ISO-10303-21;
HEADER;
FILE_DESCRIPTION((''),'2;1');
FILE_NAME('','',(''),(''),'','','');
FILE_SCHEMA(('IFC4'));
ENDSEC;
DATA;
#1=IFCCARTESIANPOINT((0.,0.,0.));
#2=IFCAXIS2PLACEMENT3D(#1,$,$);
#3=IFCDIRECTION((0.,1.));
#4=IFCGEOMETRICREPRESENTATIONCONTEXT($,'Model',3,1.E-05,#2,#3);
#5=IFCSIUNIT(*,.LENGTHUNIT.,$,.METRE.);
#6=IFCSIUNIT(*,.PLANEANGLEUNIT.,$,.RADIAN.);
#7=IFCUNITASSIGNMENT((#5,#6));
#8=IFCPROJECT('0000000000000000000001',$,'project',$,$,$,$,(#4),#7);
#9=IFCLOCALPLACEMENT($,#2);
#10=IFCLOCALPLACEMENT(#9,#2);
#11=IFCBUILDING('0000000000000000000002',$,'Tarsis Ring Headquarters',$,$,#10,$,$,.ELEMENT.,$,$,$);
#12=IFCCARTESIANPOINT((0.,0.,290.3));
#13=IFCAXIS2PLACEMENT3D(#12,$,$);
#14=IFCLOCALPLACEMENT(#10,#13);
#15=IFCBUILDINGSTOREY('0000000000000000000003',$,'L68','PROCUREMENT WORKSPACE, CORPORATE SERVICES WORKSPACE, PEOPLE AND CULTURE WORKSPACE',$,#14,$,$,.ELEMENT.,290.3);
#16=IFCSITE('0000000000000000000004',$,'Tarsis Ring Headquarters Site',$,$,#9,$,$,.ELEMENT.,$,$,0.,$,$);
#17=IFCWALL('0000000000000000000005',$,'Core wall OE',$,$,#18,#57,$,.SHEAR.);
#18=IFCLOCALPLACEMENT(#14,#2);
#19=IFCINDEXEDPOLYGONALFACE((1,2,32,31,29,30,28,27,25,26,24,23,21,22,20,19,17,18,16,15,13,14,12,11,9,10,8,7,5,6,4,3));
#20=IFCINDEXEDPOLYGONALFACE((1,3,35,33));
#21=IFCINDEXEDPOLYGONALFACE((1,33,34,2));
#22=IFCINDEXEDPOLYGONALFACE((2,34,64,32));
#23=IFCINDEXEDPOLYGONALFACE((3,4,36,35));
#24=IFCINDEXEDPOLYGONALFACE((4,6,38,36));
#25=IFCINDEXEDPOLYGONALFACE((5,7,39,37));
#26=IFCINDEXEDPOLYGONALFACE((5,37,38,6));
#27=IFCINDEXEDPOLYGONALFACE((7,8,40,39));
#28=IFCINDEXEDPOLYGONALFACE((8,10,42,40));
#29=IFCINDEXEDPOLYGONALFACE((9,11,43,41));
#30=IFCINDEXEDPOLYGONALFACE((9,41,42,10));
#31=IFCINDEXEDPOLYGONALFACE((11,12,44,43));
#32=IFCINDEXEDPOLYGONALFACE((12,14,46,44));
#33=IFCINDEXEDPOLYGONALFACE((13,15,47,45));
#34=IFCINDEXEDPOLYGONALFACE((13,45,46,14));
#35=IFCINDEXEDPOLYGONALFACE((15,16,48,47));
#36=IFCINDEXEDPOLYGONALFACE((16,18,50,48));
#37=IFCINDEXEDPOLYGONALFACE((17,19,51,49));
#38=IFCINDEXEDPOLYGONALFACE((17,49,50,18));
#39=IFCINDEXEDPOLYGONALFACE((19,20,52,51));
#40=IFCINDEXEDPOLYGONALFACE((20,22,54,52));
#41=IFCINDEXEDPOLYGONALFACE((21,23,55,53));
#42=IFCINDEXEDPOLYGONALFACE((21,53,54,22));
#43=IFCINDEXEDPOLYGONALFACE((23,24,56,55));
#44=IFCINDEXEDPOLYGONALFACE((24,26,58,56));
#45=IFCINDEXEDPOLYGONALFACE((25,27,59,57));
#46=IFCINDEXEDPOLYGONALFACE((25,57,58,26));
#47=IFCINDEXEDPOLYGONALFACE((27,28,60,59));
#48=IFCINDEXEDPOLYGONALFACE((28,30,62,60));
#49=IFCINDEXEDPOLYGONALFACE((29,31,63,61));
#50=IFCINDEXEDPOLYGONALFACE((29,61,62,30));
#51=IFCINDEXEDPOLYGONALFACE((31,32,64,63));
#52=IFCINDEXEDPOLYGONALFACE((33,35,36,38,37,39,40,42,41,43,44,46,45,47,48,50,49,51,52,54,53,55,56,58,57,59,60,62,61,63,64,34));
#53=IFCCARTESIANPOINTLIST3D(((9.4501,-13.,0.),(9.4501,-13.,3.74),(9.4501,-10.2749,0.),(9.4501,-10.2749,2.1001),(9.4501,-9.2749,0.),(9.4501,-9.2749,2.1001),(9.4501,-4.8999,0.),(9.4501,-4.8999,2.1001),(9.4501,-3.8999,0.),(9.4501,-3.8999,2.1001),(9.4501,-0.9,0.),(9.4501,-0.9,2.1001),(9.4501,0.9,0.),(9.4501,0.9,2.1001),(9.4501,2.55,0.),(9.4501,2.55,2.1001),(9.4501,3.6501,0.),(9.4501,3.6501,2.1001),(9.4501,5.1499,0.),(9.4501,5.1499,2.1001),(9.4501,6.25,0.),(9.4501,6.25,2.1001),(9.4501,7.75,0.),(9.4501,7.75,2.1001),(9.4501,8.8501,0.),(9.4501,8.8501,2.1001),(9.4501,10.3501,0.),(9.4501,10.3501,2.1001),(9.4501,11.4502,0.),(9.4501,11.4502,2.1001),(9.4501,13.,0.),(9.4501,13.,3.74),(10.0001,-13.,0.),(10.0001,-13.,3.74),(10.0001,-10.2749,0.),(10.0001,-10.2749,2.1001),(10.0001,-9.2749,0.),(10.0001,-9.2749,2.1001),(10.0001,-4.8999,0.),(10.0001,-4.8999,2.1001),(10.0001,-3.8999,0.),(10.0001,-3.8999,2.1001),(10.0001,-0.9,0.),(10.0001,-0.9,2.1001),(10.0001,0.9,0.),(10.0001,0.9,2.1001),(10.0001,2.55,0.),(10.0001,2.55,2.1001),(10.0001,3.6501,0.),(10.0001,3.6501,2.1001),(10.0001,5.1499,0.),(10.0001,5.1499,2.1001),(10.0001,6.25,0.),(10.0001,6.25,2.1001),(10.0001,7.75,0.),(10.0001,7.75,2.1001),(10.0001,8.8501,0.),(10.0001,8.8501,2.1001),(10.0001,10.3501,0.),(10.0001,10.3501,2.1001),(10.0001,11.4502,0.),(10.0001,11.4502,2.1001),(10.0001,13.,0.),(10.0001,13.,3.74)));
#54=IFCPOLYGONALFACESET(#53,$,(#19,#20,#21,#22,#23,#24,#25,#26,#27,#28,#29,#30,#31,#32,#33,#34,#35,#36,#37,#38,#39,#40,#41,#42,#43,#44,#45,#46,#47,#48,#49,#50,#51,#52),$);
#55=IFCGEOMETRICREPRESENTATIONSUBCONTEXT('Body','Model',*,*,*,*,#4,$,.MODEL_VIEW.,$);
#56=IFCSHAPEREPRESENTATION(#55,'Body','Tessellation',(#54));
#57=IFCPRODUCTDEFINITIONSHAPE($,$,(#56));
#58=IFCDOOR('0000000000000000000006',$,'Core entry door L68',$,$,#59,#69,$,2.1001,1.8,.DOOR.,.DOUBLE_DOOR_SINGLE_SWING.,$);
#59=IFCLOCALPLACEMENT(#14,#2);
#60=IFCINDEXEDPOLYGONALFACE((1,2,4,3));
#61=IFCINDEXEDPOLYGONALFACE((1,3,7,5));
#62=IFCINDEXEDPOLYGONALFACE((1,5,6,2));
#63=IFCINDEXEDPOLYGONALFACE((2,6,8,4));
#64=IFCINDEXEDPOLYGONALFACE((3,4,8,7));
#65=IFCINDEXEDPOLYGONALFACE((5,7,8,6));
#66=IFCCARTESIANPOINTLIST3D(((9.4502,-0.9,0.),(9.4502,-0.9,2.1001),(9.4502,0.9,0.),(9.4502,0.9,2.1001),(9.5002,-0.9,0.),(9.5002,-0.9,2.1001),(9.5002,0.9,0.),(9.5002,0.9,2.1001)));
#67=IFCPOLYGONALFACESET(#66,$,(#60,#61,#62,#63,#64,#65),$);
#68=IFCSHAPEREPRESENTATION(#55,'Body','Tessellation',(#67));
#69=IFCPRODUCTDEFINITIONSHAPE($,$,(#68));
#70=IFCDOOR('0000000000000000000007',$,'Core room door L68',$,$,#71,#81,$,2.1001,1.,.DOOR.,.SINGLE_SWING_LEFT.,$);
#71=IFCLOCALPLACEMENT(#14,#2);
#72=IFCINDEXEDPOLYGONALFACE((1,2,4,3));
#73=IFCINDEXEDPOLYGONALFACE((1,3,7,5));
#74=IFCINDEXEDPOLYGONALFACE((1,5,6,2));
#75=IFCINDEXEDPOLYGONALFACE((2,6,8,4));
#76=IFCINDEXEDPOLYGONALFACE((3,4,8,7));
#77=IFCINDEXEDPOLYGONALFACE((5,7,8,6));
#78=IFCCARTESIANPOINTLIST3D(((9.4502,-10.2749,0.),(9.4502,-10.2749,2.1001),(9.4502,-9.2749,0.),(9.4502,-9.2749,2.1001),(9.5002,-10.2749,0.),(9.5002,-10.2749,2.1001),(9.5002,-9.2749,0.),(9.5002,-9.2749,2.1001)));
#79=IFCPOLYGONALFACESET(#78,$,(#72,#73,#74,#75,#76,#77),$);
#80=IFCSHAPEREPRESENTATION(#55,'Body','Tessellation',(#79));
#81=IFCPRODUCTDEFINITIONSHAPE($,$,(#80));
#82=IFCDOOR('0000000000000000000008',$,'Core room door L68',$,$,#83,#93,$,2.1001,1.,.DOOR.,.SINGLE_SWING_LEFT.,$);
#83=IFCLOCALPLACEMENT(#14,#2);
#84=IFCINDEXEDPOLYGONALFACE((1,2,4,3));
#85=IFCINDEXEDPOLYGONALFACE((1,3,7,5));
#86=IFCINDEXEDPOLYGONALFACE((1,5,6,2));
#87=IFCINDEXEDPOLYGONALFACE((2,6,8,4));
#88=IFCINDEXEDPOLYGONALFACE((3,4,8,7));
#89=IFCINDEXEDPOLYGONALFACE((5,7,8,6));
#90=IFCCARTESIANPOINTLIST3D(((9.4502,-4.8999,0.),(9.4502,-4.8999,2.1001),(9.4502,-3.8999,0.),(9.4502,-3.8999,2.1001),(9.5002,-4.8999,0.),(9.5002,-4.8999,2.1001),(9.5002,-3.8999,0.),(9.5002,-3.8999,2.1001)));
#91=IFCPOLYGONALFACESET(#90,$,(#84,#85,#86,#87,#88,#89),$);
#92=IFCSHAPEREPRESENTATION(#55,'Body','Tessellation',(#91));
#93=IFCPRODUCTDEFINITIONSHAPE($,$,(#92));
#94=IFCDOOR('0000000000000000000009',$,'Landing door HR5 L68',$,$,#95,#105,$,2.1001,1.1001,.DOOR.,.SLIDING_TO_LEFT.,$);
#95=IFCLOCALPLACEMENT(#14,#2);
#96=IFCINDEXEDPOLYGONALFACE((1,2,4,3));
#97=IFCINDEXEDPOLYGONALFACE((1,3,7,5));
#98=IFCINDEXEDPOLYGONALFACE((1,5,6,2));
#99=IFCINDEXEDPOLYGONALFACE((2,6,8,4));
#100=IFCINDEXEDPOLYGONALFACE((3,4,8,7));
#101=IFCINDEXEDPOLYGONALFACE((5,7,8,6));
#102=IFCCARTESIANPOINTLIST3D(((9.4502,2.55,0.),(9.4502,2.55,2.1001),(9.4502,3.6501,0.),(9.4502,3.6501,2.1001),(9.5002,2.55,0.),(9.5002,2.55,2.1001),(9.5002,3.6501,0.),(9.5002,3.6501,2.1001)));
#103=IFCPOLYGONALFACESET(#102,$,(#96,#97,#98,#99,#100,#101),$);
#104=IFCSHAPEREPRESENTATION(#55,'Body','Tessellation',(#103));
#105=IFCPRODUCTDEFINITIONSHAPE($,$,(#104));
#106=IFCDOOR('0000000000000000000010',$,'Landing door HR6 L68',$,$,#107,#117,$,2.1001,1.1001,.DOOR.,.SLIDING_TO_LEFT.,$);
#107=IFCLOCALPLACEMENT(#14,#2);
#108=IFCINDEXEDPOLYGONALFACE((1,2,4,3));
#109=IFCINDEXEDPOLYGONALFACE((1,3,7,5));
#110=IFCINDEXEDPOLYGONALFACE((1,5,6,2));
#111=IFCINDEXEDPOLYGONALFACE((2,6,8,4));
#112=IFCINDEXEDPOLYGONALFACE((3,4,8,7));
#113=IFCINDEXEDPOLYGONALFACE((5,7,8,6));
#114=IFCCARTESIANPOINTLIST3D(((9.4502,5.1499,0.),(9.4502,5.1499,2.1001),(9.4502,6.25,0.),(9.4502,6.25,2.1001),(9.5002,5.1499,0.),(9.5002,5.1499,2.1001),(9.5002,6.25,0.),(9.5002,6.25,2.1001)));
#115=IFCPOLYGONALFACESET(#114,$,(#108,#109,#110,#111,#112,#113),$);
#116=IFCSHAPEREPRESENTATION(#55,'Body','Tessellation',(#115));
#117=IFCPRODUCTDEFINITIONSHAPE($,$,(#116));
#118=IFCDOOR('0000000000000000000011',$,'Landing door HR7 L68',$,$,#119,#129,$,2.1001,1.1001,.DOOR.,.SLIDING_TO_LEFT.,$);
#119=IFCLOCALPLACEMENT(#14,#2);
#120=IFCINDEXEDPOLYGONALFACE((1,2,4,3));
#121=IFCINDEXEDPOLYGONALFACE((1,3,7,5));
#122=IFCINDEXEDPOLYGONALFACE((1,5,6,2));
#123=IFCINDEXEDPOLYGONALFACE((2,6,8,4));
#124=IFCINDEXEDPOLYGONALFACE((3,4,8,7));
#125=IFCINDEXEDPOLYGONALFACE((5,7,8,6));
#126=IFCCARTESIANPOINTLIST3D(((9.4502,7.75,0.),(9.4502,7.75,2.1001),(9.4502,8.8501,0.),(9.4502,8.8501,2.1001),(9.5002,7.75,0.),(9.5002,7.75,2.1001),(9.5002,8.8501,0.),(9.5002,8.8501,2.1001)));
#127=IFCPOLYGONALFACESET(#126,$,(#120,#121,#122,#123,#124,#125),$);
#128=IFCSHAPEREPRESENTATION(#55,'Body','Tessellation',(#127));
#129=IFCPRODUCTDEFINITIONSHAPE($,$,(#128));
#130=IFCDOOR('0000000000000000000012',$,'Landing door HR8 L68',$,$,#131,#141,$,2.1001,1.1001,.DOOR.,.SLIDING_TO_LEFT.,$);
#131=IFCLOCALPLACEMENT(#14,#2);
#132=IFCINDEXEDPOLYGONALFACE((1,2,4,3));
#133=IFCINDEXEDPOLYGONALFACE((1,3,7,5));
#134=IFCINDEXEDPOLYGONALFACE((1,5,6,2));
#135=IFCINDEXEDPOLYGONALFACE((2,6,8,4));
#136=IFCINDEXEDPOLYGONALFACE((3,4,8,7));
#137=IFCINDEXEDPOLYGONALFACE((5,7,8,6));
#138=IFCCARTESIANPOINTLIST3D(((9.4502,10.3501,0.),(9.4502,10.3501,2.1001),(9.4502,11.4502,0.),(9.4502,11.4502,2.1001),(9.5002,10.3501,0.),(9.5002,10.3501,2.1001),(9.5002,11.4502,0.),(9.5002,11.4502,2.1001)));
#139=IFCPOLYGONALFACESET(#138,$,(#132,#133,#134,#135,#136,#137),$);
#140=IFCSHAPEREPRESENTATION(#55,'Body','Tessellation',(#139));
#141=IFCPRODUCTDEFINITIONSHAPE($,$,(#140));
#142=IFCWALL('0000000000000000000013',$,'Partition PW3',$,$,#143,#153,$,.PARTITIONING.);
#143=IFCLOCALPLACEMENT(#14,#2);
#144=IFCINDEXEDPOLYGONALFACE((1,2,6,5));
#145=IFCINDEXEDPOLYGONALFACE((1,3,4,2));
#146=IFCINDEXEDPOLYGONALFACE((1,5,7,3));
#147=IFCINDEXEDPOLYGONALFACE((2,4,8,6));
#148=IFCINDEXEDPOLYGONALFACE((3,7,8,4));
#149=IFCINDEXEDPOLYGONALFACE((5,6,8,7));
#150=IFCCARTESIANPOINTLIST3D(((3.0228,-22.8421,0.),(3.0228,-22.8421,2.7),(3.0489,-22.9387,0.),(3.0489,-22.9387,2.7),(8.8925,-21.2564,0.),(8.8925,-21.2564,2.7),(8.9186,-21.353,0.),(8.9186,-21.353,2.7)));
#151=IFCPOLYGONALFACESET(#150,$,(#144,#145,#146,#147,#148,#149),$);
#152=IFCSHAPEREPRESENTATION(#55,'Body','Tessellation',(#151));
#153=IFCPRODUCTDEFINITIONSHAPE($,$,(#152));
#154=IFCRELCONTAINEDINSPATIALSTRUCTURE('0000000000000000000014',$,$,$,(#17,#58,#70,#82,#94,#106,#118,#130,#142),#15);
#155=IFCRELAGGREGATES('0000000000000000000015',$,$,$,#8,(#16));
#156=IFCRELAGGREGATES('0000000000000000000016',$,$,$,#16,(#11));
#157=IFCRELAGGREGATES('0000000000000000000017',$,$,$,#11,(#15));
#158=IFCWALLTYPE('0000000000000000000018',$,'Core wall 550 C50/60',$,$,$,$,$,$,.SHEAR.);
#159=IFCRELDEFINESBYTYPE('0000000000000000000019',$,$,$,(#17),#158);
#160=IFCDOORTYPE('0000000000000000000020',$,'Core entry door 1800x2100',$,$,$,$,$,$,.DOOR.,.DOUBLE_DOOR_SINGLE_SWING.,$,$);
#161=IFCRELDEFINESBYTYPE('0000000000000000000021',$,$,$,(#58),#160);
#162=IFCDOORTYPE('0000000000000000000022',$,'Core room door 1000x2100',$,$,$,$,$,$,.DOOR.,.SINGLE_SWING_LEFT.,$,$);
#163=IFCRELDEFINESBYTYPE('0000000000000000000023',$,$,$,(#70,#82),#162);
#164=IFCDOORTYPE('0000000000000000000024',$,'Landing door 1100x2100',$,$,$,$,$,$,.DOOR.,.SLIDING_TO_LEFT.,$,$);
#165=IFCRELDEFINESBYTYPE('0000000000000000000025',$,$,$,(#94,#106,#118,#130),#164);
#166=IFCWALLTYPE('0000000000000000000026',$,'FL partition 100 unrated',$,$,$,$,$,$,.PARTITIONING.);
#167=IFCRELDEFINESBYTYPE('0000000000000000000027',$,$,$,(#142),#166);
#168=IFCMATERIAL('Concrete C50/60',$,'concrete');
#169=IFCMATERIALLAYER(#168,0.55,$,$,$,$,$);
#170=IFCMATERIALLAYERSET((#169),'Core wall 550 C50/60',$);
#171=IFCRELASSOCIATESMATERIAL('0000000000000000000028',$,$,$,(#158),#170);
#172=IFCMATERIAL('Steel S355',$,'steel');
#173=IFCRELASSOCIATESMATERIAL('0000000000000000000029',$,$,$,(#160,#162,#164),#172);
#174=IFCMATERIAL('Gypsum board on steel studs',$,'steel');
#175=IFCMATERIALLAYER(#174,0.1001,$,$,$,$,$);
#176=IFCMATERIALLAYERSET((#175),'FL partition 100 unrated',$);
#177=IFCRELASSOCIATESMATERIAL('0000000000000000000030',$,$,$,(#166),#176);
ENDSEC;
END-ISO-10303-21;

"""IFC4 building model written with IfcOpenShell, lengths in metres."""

from ifc_helpers import new_model, si_unit, direction, frame, frame_2d, origin, place, context, subcontext, project, spatial, rectangle, extrude, material, layer, layer_set, type_object, element, fill, save


model = new_model("IFC4")

# Units and contexts
model_context = context("Model", 3, precision=1e-05, world=origin(), true_north=direction((0.0, 1.0)))
body_context = subcontext(model_context, "Body", "Model", "MODEL_VIEW")
ifc_project = project(units=[si_unit("LENGTHUNIT", "METRE"), si_unit("PLANEANGLEUNIT", "RADIAN")], contexts=[model_context])

# Site, building, storey
site_placement = place(None, origin())
site = spatial("IfcSite", under=ifc_project, at=site_placement, Name="Tarsis Ring Headquarters Site", CompositionType="ELEMENT", RefElevation=0.0)
building_placement = place(site_placement, origin())
building = spatial("IfcBuilding", under=site, at=building_placement, Name="Tarsis Ring Headquarters", CompositionType="ELEMENT")
storey_placement = place(building_placement, frame((0.0, 0.0, 290.3)))
storey = spatial("IfcBuildingStorey", under=building, at=storey_placement, Name="L68", Description="PROCUREMENT WORKSPACE, CORPORATE SERVICES WORKSPACE, PEOPLE AND CULTURE WORKSPACE", CompositionType="ELEMENT", Elevation=290.3)

# Wall, openings, doors
ifc_material_1 = material(Name="Concrete C50/60", Category="concrete")
ifc_layer_1 = layer(ifc_material_1, 0.55)
ifc_layer_set_1 = layer_set([ifc_layer_1], Name="Core wall 550 C50/60")
wall_type_1 = type_object("IfcWallType", Name="Core wall 550 C50/60", PredefinedType="SHEAR", material=ifc_layer_set_1)
wall_1_placement = place(storey_placement, frame((9.7251, -13.0, 0.0), z_axis=(0.0, 0.0, 1.0), x_axis=(0.0, 1.0, 0.0)))
wall_1 = element("IfcWall", 1, at=wall_1_placement, inside=storey, type_object=wall_type_1, Name="Core wall OE", PredefinedType="SHEAR", context=body_context, shape_type="SweptSolid", body=[
    extrude(rectangle(XDim=26.0, YDim=0.55, at=frame_2d((13.0, 0.0))), origin(), (0.0, 0.0, 1.0), 3.74),
])
opening_1_placement = place(wall_1_placement, frame((2.7251, 0.0, 0.0)))
opening_1 = element("IfcOpeningElement", 2, at=opening_1_placement, cuts=wall_1, PredefinedType="OPENING", context=body_context, shape_type="SweptSolid", body=[
    extrude(rectangle(XDim=1.0, YDim=2.1001, at=frame_2d((0.5, 1.05))), frame((0.0, 0.2849, 0.0), z_axis=(0.0, -1.0, 0.0), x_axis=(1.0, 0.0, 0.0)), (0.0, 0.0, 1.0), 0.5701),
])
opening_2_placement = place(wall_1_placement, frame((8.1001, 0.0, 0.0)))
opening_2 = element("IfcOpeningElement", 3, at=opening_2_placement, cuts=wall_1, PredefinedType="OPENING", context=body_context, shape_type="SweptSolid", body=[
    extrude(rectangle(XDim=1.0, YDim=2.1001, at=frame_2d((0.5, 1.05))), frame((0.0, 0.2849, 0.0), z_axis=(0.0, -1.0, 0.0), x_axis=(1.0, 0.0, 0.0)), (0.0, 0.0, 1.0), 0.5701),
])
opening_3_placement = place(wall_1_placement, frame((12.1001, 0.0, 0.0)))
opening_3 = element("IfcOpeningElement", 4, at=opening_3_placement, cuts=wall_1, PredefinedType="OPENING", context=body_context, shape_type="SweptSolid", body=[
    extrude(rectangle(XDim=1.8, YDim=2.1001, at=frame_2d((0.8999, 1.05))), frame((0.0, 0.2849, 0.0), z_axis=(0.0, -1.0, 0.0), x_axis=(1.0, 0.0, 0.0)), (0.0, 0.0, 1.0), 0.5701),
])
opening_4_placement = place(wall_1_placement, frame((15.55, 0.0, 0.0)))
opening_4 = element("IfcOpeningElement", 5, at=opening_4_placement, cuts=wall_1, PredefinedType="OPENING", context=body_context, shape_type="SweptSolid", body=[
    extrude(rectangle(XDim=1.1001, YDim=2.1001, at=frame_2d((0.55, 1.05))), frame((0.0, 0.2849, 0.0), z_axis=(0.0, -1.0, 0.0), x_axis=(1.0, 0.0, 0.0)), (0.0, 0.0, 1.0), 0.5701),
])
opening_5_placement = place(wall_1_placement, frame((18.1499, 0.0, 0.0)))
opening_5 = element("IfcOpeningElement", 6, at=opening_5_placement, cuts=wall_1, PredefinedType="OPENING", context=body_context, shape_type="SweptSolid", body=[
    extrude(rectangle(XDim=1.1001, YDim=2.1001, at=frame_2d((0.55, 1.05))), frame((0.0, 0.2849, 0.0), z_axis=(0.0, -1.0, 0.0), x_axis=(1.0, 0.0, 0.0)), (0.0, 0.0, 1.0), 0.5701),
])
opening_6_placement = place(wall_1_placement, frame((20.75, 0.0, 0.0)))
opening_6 = element("IfcOpeningElement", 7, at=opening_6_placement, cuts=wall_1, PredefinedType="OPENING", context=body_context, shape_type="SweptSolid", body=[
    extrude(rectangle(XDim=1.1001, YDim=2.1001, at=frame_2d((0.55, 1.05))), frame((0.0, 0.2849, 0.0), z_axis=(0.0, -1.0, 0.0), x_axis=(1.0, 0.0, 0.0)), (0.0, 0.0, 1.0), 0.5701),
])
opening_7_placement = place(wall_1_placement, frame((23.3501, 0.0, 0.0)))
opening_7 = element("IfcOpeningElement", 8, at=opening_7_placement, cuts=wall_1, PredefinedType="OPENING", context=body_context, shape_type="SweptSolid", body=[
    extrude(rectangle(XDim=1.1001, YDim=2.1001, at=frame_2d((0.55, 1.05))), frame((0.0, 0.2849, 0.0), z_axis=(0.0, -1.0, 0.0), x_axis=(1.0, 0.0, 0.0)), (0.0, 0.0, 1.0), 0.5701),
])
ifc_material_2 = material(Name="Steel S355", Category="steel")
door_type_1 = type_object("IfcDoorType", Name="Core entry door 1800x2100", OperationType="DOUBLE_DOOR_SINGLE_SWING", PredefinedType="DOOR", material=ifc_material_2)
door_1_placement = place(opening_3_placement, origin())
door_1 = element("IfcDoor", 9, at=door_1_placement, inside=storey, type_object=door_type_1, Name="Core entry door L68", OperationType="DOUBLE_DOOR_SINGLE_SWING", OverallHeight=2.1001, OverallWidth=1.8, PredefinedType="DOOR", context=body_context, shape_type="SweptSolid", body=[
    extrude(rectangle(XDim=1.8, YDim=2.1001, at=frame_2d((0.8999, 1.05))), frame((0.0, 0.2749, 0.0), z_axis=(0.0, -1.0, 0.0), x_axis=(1.0, 0.0, 0.0)), (0.0, 0.0, 1.0), 0.05),
])
fill(opening_3, door_1)
door_type_2 = type_object("IfcDoorType", Name="Core room door 1000x2100", OperationType="SINGLE_SWING_LEFT", PredefinedType="DOOR", material=ifc_material_2)
door_2_placement = place(opening_1_placement, origin())
door_2 = element("IfcDoor", 10, at=door_2_placement, inside=storey, type_object=door_type_2, Name="Core room door L68", OperationType="SINGLE_SWING_LEFT", OverallHeight=2.1001, OverallWidth=1.0, PredefinedType="DOOR", context=body_context, shape_type="SweptSolid", body=[
    extrude(rectangle(XDim=1.0, YDim=2.1001, at=frame_2d((0.5, 1.05))), frame((0.0, 0.2749, 0.0), z_axis=(0.0, -1.0, 0.0), x_axis=(1.0, 0.0, 0.0)), (0.0, 0.0, 1.0), 0.05),
])
fill(opening_1, door_2)
door_3_placement = place(opening_2_placement, origin())
door_3 = element("IfcDoor", 11, at=door_3_placement, inside=storey, type_object=door_type_2, Name="Core room door L68", OperationType="SINGLE_SWING_LEFT", OverallHeight=2.1001, OverallWidth=1.0, PredefinedType="DOOR", context=body_context, shape_type="SweptSolid", body=[
    extrude(rectangle(XDim=1.0, YDim=2.1001, at=frame_2d((0.5, 1.05))), frame((0.0, 0.2749, 0.0), z_axis=(0.0, -1.0, 0.0), x_axis=(1.0, 0.0, 0.0)), (0.0, 0.0, 1.0), 0.05),
])
fill(opening_2, door_3)
door_type_3 = type_object("IfcDoorType", Name="Landing door 1100x2100", OperationType="SLIDING_TO_LEFT", PredefinedType="DOOR", material=ifc_material_2)
door_4_placement = place(opening_4_placement, origin())
door_4 = element("IfcDoor", 12, at=door_4_placement, inside=storey, type_object=door_type_3, Name="Landing door HR5 L68", OperationType="SLIDING_TO_LEFT", OverallHeight=2.1001, OverallWidth=1.1001, PredefinedType="DOOR", context=body_context, shape_type="SweptSolid", body=[
    extrude(rectangle(XDim=1.1001, YDim=2.1001, at=frame_2d((0.55, 1.05))), frame((0.0, 0.2749, 0.0), z_axis=(0.0, -1.0, 0.0), x_axis=(1.0, 0.0, 0.0)), (0.0, 0.0, 1.0), 0.05),
])
fill(opening_4, door_4)
door_5_placement = place(opening_5_placement, origin())
door_5 = element("IfcDoor", 13, at=door_5_placement, inside=storey, type_object=door_type_3, Name="Landing door HR6 L68", OperationType="SLIDING_TO_LEFT", OverallHeight=2.1001, OverallWidth=1.1001, PredefinedType="DOOR", context=body_context, shape_type="SweptSolid", body=[
    extrude(rectangle(XDim=1.1001, YDim=2.1001, at=frame_2d((0.55, 1.05))), frame((0.0, 0.2749, 0.0), z_axis=(0.0, -1.0, 0.0), x_axis=(1.0, 0.0, 0.0)), (0.0, 0.0, 1.0), 0.05),
])
fill(opening_5, door_5)
door_6_placement = place(opening_6_placement, origin())
door_6 = element("IfcDoor", 14, at=door_6_placement, inside=storey, type_object=door_type_3, Name="Landing door HR7 L68", OperationType="SLIDING_TO_LEFT", OverallHeight=2.1001, OverallWidth=1.1001, PredefinedType="DOOR", context=body_context, shape_type="SweptSolid", body=[
    extrude(rectangle(XDim=1.1001, YDim=2.1001, at=frame_2d((0.55, 1.05))), frame((0.0, 0.2749, 0.0), z_axis=(0.0, -1.0, 0.0), x_axis=(1.0, 0.0, 0.0)), (0.0, 0.0, 1.0), 0.05),
])
fill(opening_6, door_6)
door_7_placement = place(opening_7_placement, origin())
door_7 = element("IfcDoor", 15, at=door_7_placement, inside=storey, type_object=door_type_3, Name="Landing door HR8 L68", OperationType="SLIDING_TO_LEFT", OverallHeight=2.1001, OverallWidth=1.1001, PredefinedType="DOOR", context=body_context, shape_type="SweptSolid", body=[
    extrude(rectangle(XDim=1.1001, YDim=2.1001, at=frame_2d((0.55, 1.05))), frame((0.0, 0.2749, 0.0), z_axis=(0.0, -1.0, 0.0), x_axis=(1.0, 0.0, 0.0)), (0.0, 0.0, 1.0), 0.05),
])
fill(opening_7, door_7)

# Wall
ifc_material_3 = material(Name="Gypsum board on steel studs", Category="steel")
ifc_layer_2 = layer(ifc_material_3, 0.1001)
ifc_layer_set_2 = layer_set([ifc_layer_2], Name="FL partition 100 unrated")
wall_type_2 = type_object("IfcWallType", Name="FL partition 100 unrated", PredefinedType="PARTITIONING", material=ifc_layer_set_2)
wall_2_placement = place(storey_placement, frame((3.0359, -22.8904, 0.0), z_axis=(0.0, 0.0, 1.0), x_axis=(0.965392, 0.260803, 0.0)))
element("IfcWall", 16, at=wall_2_placement, inside=storey, type_object=wall_type_2, Name="Partition PW3", PredefinedType="PARTITIONING", context=body_context, shape_type="SweptSolid", body=[
    extrude(rectangle(XDim=6.0801, YDim=0.1001, at=frame_2d((3.04, 0.0))), origin(), (0.0, 0.0, 1.0), 2.7),
])

save(model, "model.ifc")
